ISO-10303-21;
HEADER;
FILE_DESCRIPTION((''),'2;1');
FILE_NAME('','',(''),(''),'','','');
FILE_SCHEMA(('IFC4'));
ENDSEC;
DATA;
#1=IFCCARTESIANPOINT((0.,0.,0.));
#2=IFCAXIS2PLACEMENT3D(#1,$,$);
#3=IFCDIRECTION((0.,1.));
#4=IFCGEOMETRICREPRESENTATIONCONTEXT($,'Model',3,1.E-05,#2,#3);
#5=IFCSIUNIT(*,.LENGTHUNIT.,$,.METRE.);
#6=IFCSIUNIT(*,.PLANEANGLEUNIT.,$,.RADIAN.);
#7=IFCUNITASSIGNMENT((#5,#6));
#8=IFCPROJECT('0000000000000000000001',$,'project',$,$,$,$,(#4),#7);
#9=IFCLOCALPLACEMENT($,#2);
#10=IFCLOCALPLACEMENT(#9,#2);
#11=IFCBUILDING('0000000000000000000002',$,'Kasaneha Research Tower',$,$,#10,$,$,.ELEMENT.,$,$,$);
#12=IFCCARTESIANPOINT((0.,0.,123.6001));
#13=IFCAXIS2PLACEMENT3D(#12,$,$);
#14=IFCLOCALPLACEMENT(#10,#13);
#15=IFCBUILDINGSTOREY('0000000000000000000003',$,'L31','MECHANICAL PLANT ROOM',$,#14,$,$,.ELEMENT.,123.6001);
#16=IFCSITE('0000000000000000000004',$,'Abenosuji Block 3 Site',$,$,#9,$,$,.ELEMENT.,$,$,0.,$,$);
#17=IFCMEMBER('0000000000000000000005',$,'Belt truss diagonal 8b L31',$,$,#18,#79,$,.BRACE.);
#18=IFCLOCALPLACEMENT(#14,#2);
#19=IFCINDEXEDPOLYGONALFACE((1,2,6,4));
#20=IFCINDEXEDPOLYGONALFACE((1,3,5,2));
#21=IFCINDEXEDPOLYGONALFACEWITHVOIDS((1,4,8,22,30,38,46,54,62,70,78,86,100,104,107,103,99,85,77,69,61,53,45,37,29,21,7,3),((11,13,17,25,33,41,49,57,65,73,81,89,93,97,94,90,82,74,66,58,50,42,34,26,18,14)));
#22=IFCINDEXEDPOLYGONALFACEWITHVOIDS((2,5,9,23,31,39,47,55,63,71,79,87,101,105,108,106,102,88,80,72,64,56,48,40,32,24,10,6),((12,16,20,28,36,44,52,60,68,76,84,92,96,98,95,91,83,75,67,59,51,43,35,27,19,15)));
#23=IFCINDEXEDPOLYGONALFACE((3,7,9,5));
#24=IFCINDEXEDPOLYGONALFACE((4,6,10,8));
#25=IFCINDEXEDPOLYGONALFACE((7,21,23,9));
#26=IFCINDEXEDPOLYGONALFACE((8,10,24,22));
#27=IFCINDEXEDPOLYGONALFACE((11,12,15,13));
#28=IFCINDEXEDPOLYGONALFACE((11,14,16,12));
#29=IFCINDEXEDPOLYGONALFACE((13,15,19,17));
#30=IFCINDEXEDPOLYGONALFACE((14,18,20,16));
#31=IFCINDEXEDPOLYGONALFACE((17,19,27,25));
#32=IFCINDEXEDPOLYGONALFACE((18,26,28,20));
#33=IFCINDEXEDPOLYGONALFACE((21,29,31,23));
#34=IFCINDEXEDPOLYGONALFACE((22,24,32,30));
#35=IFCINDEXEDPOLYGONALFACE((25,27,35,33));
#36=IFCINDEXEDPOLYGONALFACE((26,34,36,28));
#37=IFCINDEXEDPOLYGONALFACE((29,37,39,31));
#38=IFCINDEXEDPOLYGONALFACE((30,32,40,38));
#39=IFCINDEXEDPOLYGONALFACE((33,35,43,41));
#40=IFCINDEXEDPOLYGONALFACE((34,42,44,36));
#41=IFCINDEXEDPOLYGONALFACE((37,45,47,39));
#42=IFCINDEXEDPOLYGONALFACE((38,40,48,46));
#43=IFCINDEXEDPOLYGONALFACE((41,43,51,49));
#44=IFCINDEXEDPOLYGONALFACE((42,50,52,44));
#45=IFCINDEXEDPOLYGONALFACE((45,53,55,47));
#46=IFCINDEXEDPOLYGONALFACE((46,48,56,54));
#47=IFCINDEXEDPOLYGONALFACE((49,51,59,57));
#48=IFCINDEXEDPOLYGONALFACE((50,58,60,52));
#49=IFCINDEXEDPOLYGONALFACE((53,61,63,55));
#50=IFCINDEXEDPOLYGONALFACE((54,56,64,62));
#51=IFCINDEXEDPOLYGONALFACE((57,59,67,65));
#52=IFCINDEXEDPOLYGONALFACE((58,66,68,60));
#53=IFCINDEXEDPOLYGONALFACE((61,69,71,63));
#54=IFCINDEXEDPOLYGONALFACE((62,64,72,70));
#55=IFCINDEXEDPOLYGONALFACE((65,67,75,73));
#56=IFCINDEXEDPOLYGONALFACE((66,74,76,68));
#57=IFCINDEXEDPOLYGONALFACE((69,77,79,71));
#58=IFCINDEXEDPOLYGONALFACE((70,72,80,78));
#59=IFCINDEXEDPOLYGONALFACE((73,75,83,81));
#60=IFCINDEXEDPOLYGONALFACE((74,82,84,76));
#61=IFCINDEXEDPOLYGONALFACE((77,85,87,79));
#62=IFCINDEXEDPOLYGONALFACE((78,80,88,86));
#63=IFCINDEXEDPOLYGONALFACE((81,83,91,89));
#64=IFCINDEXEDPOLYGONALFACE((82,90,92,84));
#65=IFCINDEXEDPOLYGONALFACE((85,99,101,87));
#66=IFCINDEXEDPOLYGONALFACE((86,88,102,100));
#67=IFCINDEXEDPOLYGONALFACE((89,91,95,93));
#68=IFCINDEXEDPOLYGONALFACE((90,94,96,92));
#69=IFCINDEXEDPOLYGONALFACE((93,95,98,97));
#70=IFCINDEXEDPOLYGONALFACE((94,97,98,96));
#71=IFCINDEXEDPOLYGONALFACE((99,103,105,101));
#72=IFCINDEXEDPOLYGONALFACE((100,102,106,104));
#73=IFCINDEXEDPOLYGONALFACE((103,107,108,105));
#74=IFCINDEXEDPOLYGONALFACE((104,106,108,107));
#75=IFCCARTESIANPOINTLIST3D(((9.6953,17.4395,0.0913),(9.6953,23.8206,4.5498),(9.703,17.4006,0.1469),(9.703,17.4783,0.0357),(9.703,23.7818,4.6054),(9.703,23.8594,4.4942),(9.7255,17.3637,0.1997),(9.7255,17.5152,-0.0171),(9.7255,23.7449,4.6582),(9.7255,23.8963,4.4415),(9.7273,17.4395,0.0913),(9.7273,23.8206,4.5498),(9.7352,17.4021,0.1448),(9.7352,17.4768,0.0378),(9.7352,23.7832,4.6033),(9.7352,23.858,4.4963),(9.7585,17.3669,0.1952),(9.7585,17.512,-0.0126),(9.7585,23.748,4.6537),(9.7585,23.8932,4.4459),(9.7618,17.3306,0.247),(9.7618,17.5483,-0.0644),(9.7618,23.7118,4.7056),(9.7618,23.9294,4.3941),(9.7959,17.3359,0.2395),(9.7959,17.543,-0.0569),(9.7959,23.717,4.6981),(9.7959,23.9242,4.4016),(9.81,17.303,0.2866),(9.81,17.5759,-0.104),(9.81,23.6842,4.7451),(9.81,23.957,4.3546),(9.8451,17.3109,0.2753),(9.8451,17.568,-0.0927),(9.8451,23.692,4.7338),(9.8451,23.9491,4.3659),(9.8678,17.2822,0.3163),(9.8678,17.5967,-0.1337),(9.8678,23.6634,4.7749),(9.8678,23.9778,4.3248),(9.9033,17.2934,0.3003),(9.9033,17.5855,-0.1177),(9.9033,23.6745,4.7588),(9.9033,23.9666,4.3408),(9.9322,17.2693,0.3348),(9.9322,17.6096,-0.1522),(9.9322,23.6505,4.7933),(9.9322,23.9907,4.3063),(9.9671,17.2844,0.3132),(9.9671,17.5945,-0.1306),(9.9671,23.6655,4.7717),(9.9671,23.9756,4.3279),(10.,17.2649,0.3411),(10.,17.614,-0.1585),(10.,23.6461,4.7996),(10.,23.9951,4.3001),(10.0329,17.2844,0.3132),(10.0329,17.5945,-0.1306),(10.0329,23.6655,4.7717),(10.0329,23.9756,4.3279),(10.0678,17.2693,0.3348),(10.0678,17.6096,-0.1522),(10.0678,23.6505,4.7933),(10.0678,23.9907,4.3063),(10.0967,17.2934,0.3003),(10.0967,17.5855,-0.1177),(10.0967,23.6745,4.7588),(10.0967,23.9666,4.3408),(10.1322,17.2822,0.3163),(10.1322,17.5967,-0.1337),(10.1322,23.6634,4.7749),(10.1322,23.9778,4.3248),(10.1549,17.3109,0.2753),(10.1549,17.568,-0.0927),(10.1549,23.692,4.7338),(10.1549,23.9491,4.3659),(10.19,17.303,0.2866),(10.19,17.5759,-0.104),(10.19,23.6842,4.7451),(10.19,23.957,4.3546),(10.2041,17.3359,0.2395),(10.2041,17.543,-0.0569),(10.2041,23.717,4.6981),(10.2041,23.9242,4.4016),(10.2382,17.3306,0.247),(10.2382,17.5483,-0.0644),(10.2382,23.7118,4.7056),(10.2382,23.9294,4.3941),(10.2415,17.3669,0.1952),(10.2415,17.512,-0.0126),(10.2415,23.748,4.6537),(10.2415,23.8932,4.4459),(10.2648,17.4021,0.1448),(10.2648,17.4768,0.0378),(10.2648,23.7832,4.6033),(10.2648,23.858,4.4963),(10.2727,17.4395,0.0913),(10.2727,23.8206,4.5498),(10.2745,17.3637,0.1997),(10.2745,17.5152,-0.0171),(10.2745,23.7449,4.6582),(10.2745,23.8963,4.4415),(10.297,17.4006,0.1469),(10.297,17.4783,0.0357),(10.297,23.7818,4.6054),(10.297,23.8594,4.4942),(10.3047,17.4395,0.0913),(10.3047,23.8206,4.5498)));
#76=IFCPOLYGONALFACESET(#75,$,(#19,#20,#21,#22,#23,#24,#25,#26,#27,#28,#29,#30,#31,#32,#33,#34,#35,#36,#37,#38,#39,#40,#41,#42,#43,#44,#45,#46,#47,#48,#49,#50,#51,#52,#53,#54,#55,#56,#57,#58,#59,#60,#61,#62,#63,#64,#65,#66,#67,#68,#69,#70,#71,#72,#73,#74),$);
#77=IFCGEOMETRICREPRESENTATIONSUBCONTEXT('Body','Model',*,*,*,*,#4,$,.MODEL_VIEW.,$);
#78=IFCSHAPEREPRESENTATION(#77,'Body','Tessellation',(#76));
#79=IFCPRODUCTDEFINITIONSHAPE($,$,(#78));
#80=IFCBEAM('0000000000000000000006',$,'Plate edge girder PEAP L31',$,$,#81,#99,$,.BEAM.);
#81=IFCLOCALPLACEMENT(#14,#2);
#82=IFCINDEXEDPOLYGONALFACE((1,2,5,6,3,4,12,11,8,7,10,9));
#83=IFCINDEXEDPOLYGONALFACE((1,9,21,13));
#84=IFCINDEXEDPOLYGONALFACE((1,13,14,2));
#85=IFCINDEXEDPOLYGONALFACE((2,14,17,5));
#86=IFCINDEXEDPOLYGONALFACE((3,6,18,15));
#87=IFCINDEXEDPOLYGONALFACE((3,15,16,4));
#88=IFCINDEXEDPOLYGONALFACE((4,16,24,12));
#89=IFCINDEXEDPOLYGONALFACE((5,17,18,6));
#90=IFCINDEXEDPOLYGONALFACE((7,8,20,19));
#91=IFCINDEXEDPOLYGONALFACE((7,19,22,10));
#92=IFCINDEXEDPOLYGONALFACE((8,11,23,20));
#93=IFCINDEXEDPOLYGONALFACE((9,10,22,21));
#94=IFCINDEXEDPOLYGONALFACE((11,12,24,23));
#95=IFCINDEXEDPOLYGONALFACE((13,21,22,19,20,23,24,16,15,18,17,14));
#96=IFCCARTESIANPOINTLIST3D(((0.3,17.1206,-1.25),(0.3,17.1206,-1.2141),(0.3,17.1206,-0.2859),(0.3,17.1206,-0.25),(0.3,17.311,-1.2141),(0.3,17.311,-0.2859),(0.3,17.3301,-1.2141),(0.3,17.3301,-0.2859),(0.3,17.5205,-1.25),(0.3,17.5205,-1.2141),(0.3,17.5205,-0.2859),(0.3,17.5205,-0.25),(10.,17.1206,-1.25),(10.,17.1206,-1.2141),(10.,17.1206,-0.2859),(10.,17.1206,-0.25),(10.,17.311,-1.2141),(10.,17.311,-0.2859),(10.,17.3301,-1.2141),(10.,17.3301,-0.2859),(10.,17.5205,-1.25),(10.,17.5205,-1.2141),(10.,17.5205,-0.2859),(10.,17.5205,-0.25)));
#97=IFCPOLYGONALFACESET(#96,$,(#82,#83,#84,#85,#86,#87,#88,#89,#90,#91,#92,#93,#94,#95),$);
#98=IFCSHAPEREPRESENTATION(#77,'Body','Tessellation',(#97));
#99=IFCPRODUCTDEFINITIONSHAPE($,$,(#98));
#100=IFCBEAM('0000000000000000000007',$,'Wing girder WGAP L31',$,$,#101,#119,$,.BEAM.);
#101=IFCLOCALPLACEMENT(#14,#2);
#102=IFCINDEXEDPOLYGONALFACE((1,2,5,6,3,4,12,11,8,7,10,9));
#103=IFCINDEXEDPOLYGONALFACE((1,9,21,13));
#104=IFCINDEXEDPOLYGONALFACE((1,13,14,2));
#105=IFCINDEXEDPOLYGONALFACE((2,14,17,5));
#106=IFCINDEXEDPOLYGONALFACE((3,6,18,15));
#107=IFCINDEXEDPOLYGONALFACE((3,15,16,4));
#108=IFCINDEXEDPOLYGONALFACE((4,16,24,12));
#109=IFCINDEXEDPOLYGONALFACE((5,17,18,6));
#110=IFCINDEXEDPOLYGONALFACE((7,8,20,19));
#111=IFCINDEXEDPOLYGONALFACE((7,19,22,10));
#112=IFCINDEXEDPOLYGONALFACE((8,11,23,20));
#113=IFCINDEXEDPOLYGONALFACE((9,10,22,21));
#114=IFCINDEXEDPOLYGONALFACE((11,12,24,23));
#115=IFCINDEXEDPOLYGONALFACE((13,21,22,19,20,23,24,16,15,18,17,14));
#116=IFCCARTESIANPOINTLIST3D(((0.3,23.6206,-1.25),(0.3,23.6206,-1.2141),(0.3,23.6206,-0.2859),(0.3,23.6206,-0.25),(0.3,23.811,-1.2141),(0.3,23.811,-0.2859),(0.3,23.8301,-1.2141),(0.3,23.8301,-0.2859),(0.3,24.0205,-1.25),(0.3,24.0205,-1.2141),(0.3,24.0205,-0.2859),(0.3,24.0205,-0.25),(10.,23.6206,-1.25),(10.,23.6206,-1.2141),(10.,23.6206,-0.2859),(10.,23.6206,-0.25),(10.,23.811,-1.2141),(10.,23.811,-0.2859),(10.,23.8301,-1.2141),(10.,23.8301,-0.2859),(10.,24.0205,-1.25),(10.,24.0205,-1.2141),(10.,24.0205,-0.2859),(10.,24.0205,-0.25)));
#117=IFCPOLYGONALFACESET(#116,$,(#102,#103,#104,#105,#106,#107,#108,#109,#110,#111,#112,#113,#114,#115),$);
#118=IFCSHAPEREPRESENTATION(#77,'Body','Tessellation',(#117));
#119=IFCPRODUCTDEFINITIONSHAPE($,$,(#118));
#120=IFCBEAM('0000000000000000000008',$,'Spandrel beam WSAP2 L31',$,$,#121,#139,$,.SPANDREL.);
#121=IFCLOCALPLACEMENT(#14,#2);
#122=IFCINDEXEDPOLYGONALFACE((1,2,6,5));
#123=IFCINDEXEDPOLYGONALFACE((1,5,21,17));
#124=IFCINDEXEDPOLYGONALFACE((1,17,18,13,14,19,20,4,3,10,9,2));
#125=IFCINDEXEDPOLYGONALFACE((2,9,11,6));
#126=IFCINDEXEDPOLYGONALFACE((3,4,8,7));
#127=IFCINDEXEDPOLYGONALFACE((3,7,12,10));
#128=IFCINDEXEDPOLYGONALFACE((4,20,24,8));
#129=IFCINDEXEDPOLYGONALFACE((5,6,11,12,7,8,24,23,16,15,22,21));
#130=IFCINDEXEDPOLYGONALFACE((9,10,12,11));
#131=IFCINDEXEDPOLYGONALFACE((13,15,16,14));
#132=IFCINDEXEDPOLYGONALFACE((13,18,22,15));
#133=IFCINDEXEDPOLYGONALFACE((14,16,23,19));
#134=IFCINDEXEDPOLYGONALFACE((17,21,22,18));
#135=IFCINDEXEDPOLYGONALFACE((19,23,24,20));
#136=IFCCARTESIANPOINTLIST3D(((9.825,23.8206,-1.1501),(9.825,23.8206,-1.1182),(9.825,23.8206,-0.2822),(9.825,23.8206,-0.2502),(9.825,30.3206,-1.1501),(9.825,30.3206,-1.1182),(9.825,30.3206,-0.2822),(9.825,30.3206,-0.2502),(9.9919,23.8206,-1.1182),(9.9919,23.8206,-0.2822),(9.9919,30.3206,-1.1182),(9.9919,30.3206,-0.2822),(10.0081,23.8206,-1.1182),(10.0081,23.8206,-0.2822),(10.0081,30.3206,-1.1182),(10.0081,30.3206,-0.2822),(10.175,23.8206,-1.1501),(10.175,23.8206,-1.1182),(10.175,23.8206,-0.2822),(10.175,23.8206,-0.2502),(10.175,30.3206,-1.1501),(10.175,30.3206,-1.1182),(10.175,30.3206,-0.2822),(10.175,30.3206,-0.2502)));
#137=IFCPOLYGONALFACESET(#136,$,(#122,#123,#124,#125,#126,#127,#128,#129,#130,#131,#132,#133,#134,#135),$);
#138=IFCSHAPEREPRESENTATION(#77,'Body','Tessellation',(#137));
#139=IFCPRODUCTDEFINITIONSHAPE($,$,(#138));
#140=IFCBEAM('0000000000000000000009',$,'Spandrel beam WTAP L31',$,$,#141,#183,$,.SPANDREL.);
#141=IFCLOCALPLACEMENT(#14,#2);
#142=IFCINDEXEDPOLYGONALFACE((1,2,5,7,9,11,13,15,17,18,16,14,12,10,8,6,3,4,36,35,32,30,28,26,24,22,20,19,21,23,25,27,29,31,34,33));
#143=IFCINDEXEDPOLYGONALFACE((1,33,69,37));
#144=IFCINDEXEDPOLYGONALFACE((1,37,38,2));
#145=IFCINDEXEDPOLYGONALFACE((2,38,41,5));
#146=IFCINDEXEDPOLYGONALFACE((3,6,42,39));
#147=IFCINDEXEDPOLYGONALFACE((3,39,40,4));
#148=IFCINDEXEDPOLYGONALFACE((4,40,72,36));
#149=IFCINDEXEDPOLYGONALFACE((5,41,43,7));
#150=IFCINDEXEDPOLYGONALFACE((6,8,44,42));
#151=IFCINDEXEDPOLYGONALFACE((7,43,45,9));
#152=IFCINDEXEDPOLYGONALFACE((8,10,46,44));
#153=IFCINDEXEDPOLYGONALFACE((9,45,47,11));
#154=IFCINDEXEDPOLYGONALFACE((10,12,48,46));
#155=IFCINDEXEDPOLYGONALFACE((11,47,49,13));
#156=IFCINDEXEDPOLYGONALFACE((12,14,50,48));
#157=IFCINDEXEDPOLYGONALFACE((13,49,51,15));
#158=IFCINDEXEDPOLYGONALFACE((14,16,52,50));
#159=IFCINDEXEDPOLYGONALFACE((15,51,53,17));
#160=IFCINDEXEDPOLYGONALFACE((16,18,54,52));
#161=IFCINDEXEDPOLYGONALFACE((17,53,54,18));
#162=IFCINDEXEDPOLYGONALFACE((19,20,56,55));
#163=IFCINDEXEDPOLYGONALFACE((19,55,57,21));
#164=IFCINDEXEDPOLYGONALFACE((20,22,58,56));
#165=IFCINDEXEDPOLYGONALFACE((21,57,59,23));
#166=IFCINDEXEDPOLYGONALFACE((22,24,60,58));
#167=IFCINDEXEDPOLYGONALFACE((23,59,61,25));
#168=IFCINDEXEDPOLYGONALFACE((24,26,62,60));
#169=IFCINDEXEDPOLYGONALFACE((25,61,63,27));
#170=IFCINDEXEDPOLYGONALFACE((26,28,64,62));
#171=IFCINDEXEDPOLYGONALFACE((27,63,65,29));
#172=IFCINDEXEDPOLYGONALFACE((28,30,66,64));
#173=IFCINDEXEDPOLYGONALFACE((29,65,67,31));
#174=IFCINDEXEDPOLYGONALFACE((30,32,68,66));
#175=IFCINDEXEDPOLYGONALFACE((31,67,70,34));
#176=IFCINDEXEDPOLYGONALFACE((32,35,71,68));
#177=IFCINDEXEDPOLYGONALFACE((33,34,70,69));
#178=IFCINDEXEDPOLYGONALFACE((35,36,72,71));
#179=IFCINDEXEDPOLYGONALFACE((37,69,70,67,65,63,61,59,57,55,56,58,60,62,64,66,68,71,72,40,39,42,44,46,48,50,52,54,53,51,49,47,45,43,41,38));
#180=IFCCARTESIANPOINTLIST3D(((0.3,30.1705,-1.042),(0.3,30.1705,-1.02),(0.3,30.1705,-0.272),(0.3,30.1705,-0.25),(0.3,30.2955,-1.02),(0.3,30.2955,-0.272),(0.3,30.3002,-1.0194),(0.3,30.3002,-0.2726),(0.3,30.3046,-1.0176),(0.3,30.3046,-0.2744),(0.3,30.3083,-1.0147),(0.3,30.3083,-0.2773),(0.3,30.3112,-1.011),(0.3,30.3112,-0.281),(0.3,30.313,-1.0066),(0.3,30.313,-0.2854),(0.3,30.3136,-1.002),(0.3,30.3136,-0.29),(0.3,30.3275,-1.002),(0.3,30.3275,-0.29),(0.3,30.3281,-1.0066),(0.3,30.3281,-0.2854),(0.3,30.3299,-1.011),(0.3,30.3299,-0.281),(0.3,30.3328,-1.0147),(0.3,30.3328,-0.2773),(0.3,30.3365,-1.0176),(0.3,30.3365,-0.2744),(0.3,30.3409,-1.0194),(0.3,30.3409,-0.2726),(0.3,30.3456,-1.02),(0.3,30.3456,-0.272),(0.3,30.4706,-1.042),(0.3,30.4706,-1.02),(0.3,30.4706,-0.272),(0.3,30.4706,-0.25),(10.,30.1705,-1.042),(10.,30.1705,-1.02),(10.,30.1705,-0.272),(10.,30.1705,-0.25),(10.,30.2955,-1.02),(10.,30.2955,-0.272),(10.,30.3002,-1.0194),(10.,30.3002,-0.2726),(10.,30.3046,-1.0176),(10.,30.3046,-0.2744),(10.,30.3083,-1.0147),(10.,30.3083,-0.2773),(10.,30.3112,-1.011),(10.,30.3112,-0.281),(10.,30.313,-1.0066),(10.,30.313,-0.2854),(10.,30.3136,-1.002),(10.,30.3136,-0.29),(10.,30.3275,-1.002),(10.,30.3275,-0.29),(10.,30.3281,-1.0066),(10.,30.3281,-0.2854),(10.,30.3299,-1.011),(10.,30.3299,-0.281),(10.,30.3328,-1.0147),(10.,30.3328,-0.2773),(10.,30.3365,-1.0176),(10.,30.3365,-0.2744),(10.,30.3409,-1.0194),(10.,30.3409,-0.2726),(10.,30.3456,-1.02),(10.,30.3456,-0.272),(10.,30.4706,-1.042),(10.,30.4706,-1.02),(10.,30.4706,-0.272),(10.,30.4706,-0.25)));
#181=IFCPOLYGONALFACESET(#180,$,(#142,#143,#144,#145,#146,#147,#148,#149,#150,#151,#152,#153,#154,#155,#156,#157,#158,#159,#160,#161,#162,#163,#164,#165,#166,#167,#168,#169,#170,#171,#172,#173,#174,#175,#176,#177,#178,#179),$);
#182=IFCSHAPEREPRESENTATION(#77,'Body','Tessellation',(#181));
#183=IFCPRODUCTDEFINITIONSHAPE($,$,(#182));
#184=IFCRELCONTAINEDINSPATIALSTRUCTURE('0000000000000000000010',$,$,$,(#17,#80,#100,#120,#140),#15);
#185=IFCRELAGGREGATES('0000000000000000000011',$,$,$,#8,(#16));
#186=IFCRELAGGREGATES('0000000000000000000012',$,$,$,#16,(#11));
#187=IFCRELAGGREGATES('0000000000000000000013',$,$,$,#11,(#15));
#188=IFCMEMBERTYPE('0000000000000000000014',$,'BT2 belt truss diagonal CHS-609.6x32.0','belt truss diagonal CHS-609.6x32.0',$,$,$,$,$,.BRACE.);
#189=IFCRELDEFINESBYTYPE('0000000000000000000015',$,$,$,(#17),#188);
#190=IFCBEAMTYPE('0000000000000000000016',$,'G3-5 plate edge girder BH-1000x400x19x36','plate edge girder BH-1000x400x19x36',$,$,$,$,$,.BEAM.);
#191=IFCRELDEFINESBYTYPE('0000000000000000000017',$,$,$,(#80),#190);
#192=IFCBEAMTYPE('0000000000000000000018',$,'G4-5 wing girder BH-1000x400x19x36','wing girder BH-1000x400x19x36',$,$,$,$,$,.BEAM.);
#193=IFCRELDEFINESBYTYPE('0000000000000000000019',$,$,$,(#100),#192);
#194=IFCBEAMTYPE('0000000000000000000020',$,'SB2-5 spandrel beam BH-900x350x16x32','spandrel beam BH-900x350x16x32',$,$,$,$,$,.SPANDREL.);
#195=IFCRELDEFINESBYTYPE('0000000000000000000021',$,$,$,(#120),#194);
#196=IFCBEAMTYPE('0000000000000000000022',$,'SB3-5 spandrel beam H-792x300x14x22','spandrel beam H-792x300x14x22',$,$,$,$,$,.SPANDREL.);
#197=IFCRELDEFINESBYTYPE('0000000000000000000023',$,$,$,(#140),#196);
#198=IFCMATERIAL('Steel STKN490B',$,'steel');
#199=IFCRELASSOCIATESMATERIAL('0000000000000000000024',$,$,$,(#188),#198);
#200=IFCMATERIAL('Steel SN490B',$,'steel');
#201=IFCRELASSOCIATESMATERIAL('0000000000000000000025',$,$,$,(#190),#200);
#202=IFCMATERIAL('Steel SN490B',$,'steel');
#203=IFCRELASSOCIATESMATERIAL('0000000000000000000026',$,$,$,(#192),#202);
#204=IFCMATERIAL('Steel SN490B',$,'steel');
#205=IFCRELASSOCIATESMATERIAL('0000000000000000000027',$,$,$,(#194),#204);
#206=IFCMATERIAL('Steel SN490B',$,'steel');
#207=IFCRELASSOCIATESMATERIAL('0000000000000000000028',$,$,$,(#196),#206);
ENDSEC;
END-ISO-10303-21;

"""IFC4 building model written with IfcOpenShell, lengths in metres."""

from ifc_helpers import new_model, si_unit, direction, frame, origin, origin_2d, place, context, subcontext, project, spatial, hollow_circle, i_section, extrude, material, material_profile, profile_set, type_object, element, save


model = new_model("IFC4")

# Units and contexts
model_context = context("Model", 3, precision=1e-05, world=origin(), true_north=direction((0.0, 1.0)))
body_context = subcontext(model_context, "Body", "Model", "MODEL_VIEW")
ifc_project = project(units=[si_unit("LENGTHUNIT", "METRE"), si_unit("PLANEANGLEUNIT", "RADIAN")], contexts=[model_context])

# Site, building, storey
site_placement = place(None, origin())
site = spatial("IfcSite", under=ifc_project, at=site_placement, Name="Abenosuji Block 3 Site", CompositionType="ELEMENT", RefElevation=0.0)
building_placement = place(site_placement, origin())
building = spatial("IfcBuilding", under=site, at=building_placement, Name="Kasaneha Research Tower", CompositionType="ELEMENT")
storey_placement = place(building_placement, frame((0.0, 0.0, 123.6001)))
storey = spatial("IfcBuildingStorey", under=building, at=storey_placement, Name="L31", Description="MECHANICAL PLANT ROOM", CompositionType="ELEMENT", Elevation=123.6001)

# Member
ifc_material_1 = material(Name="Steel STKN490B", Category="steel")
ifc_material_profile_1 = material_profile(ifc_material_1, hollow_circle(Radius=0.3047, WallThickness=0.032, at=origin_2d()), Name="CHS-609.6x32.0")
ifc_profile_set_1 = profile_set([ifc_material_profile_1], Name="Steel STKN490B")
member_type = type_object("IfcMemberType", Name="BT2 belt truss diagonal CHS-609.6x32.0", Description="belt truss diagonal CHS-609.6x32.0", PredefinedType="BRACE", material=ifc_profile_set_1)
for number, where, z_axis, x_axis, name in (
    (1, (10.0, 17.4395, 0.0913), (0.0, 0.819731, 0.572749), (-1.0, 0.0, 0.0), "Belt truss diagonal 8b L31"),
):
    element("IfcMember", number, at=place(storey_placement, frame(where, z_axis=z_axis, x_axis=x_axis)), inside=storey, type_object=member_type, Name=name, PredefinedType="BRACE", context=body_context, shape_type="SweptSolid", body=[
        extrude(hollow_circle(Radius=0.3047, WallThickness=0.032, at=origin_2d()), origin(), (0.0, 0.0, 1.0), 7.7844),
    ])

# Beams
ifc_material_2 = material(Name="Steel SN490B", Category="steel")
ifc_material_profile_2 = material_profile(ifc_material_2, i_section(OverallWidth=0.3999, OverallDepth=1.0, WebThickness=0.019, FlangeThickness=0.0359, at=origin_2d()), Name="BH-1000x400x19x36")
ifc_profile_set_2 = profile_set([ifc_material_profile_2], Name="Steel SN490B")
beam_type_1 = type_object("IfcBeamType", Name="G3-5 plate edge girder BH-1000x400x19x36", Description="plate edge girder BH-1000x400x19x36", PredefinedType="BEAM", material=ifc_profile_set_2)
beam_1_placement = place(storey_placement, frame((10.0, 17.3206, -0.75), z_axis=(-1.0, 0.0, 0.0), x_axis=(0.0, -1.0, 0.0)))
element("IfcBeam", 2, at=beam_1_placement, inside=storey, type_object=beam_type_1, Name="Plate edge girder PEAP L31", PredefinedType="BEAM", context=body_context, shape_type="SweptSolid", body=[
    extrude(i_section(OverallWidth=0.3999, OverallDepth=1.0, WebThickness=0.019, FlangeThickness=0.0359, at=origin_2d()), origin(), (0.0, 0.0, 1.0), 9.7),
])
ifc_material_3 = material(Name="Steel SN490B", Category="steel")
ifc_material_profile_3 = material_profile(ifc_material_3, i_section(OverallWidth=0.3999, OverallDepth=1.0, WebThickness=0.019, FlangeThickness=0.0359, at=origin_2d()), Name="BH-1000x400x19x36")
ifc_profile_set_3 = profile_set([ifc_material_profile_3], Name="Steel SN490B")
beam_type_2 = type_object("IfcBeamType", Name="G4-5 wing girder BH-1000x400x19x36", Description="wing girder BH-1000x400x19x36", PredefinedType="BEAM", material=ifc_profile_set_3)
beam_2_placement = place(storey_placement, frame((10.0, 23.8206, -0.75), z_axis=(-1.0, 0.0, 0.0), x_axis=(0.0, -1.0, 0.0)))
element("IfcBeam", 3, at=beam_2_placement, inside=storey, type_object=beam_type_2, Name="Wing girder WGAP L31", PredefinedType="BEAM", context=body_context, shape_type="SweptSolid", body=[
    extrude(i_section(OverallWidth=0.3999, OverallDepth=1.0, WebThickness=0.019, FlangeThickness=0.0359, at=origin_2d()), origin(), (0.0, 0.0, 1.0), 9.7),
])
ifc_material_4 = material(Name="Steel SN490B", Category="steel")
ifc_material_profile_4 = material_profile(ifc_material_4, i_section(OverallWidth=0.3501, OverallDepth=0.8999, WebThickness=0.0161, FlangeThickness=0.032, at=origin_2d()), Name="BH-900x350x16x32")
ifc_profile_set_4 = profile_set([ifc_material_profile_4], Name="Steel SN490B")
beam_type_3 = type_object("IfcBeamType", Name="SB2-5 spandrel beam BH-900x350x16x32", Description="spandrel beam BH-900x350x16x32", PredefinedType="SPANDREL", material=ifc_profile_set_4)
beam_3_placement = place(storey_placement, frame((10.0, 23.8206, -0.7002), z_axis=(0.0, 1.0, 0.0), x_axis=(-1.0, 0.0, 0.0)))
element("IfcBeam", 4, at=beam_3_placement, inside=storey, type_object=beam_type_3, Name="Spandrel beam WSAP2 L31", PredefinedType="SPANDREL", context=body_context, shape_type="SweptSolid", body=[
    extrude(i_section(OverallWidth=0.3501, OverallDepth=0.8999, WebThickness=0.0161, FlangeThickness=0.032, at=origin_2d()), origin(), (0.0, 0.0, 1.0), 6.5),
])
ifc_material_5 = material(Name="Steel SN490B", Category="steel")
ifc_material_profile_5 = material_profile(ifc_material_5, i_section(OverallWidth=0.3, OverallDepth=0.792, WebThickness=0.0139, FlangeThickness=0.022, FilletRadius=0.0181, at=origin_2d()), Name="H-792x300x14x22")
ifc_profile_set_5 = profile_set([ifc_material_profile_5], Name="Steel SN490B")
beam_type_4 = type_object("IfcBeamType", Name="SB3-5 spandrel beam H-792x300x14x22", Description="spandrel beam H-792x300x14x22", PredefinedType="SPANDREL", material=ifc_profile_set_5)
beam_4_placement = place(storey_placement, frame((10.0, 30.3206, -0.646), z_axis=(-1.0, 0.0, 0.0), x_axis=(0.0, -1.0, 0.0)))
element("IfcBeam", 5, at=beam_4_placement, inside=storey, type_object=beam_type_4, Name="Spandrel beam WTAP L31", PredefinedType="SPANDREL", context=body_context, shape_type="SweptSolid", body=[
    extrude(i_section(OverallWidth=0.3, OverallDepth=0.792, WebThickness=0.0139, FlangeThickness=0.022, FilletRadius=0.0181, at=origin_2d()), origin(), (0.0, 0.0, 1.0), 9.7),
])

save(model, "model.ifc")
